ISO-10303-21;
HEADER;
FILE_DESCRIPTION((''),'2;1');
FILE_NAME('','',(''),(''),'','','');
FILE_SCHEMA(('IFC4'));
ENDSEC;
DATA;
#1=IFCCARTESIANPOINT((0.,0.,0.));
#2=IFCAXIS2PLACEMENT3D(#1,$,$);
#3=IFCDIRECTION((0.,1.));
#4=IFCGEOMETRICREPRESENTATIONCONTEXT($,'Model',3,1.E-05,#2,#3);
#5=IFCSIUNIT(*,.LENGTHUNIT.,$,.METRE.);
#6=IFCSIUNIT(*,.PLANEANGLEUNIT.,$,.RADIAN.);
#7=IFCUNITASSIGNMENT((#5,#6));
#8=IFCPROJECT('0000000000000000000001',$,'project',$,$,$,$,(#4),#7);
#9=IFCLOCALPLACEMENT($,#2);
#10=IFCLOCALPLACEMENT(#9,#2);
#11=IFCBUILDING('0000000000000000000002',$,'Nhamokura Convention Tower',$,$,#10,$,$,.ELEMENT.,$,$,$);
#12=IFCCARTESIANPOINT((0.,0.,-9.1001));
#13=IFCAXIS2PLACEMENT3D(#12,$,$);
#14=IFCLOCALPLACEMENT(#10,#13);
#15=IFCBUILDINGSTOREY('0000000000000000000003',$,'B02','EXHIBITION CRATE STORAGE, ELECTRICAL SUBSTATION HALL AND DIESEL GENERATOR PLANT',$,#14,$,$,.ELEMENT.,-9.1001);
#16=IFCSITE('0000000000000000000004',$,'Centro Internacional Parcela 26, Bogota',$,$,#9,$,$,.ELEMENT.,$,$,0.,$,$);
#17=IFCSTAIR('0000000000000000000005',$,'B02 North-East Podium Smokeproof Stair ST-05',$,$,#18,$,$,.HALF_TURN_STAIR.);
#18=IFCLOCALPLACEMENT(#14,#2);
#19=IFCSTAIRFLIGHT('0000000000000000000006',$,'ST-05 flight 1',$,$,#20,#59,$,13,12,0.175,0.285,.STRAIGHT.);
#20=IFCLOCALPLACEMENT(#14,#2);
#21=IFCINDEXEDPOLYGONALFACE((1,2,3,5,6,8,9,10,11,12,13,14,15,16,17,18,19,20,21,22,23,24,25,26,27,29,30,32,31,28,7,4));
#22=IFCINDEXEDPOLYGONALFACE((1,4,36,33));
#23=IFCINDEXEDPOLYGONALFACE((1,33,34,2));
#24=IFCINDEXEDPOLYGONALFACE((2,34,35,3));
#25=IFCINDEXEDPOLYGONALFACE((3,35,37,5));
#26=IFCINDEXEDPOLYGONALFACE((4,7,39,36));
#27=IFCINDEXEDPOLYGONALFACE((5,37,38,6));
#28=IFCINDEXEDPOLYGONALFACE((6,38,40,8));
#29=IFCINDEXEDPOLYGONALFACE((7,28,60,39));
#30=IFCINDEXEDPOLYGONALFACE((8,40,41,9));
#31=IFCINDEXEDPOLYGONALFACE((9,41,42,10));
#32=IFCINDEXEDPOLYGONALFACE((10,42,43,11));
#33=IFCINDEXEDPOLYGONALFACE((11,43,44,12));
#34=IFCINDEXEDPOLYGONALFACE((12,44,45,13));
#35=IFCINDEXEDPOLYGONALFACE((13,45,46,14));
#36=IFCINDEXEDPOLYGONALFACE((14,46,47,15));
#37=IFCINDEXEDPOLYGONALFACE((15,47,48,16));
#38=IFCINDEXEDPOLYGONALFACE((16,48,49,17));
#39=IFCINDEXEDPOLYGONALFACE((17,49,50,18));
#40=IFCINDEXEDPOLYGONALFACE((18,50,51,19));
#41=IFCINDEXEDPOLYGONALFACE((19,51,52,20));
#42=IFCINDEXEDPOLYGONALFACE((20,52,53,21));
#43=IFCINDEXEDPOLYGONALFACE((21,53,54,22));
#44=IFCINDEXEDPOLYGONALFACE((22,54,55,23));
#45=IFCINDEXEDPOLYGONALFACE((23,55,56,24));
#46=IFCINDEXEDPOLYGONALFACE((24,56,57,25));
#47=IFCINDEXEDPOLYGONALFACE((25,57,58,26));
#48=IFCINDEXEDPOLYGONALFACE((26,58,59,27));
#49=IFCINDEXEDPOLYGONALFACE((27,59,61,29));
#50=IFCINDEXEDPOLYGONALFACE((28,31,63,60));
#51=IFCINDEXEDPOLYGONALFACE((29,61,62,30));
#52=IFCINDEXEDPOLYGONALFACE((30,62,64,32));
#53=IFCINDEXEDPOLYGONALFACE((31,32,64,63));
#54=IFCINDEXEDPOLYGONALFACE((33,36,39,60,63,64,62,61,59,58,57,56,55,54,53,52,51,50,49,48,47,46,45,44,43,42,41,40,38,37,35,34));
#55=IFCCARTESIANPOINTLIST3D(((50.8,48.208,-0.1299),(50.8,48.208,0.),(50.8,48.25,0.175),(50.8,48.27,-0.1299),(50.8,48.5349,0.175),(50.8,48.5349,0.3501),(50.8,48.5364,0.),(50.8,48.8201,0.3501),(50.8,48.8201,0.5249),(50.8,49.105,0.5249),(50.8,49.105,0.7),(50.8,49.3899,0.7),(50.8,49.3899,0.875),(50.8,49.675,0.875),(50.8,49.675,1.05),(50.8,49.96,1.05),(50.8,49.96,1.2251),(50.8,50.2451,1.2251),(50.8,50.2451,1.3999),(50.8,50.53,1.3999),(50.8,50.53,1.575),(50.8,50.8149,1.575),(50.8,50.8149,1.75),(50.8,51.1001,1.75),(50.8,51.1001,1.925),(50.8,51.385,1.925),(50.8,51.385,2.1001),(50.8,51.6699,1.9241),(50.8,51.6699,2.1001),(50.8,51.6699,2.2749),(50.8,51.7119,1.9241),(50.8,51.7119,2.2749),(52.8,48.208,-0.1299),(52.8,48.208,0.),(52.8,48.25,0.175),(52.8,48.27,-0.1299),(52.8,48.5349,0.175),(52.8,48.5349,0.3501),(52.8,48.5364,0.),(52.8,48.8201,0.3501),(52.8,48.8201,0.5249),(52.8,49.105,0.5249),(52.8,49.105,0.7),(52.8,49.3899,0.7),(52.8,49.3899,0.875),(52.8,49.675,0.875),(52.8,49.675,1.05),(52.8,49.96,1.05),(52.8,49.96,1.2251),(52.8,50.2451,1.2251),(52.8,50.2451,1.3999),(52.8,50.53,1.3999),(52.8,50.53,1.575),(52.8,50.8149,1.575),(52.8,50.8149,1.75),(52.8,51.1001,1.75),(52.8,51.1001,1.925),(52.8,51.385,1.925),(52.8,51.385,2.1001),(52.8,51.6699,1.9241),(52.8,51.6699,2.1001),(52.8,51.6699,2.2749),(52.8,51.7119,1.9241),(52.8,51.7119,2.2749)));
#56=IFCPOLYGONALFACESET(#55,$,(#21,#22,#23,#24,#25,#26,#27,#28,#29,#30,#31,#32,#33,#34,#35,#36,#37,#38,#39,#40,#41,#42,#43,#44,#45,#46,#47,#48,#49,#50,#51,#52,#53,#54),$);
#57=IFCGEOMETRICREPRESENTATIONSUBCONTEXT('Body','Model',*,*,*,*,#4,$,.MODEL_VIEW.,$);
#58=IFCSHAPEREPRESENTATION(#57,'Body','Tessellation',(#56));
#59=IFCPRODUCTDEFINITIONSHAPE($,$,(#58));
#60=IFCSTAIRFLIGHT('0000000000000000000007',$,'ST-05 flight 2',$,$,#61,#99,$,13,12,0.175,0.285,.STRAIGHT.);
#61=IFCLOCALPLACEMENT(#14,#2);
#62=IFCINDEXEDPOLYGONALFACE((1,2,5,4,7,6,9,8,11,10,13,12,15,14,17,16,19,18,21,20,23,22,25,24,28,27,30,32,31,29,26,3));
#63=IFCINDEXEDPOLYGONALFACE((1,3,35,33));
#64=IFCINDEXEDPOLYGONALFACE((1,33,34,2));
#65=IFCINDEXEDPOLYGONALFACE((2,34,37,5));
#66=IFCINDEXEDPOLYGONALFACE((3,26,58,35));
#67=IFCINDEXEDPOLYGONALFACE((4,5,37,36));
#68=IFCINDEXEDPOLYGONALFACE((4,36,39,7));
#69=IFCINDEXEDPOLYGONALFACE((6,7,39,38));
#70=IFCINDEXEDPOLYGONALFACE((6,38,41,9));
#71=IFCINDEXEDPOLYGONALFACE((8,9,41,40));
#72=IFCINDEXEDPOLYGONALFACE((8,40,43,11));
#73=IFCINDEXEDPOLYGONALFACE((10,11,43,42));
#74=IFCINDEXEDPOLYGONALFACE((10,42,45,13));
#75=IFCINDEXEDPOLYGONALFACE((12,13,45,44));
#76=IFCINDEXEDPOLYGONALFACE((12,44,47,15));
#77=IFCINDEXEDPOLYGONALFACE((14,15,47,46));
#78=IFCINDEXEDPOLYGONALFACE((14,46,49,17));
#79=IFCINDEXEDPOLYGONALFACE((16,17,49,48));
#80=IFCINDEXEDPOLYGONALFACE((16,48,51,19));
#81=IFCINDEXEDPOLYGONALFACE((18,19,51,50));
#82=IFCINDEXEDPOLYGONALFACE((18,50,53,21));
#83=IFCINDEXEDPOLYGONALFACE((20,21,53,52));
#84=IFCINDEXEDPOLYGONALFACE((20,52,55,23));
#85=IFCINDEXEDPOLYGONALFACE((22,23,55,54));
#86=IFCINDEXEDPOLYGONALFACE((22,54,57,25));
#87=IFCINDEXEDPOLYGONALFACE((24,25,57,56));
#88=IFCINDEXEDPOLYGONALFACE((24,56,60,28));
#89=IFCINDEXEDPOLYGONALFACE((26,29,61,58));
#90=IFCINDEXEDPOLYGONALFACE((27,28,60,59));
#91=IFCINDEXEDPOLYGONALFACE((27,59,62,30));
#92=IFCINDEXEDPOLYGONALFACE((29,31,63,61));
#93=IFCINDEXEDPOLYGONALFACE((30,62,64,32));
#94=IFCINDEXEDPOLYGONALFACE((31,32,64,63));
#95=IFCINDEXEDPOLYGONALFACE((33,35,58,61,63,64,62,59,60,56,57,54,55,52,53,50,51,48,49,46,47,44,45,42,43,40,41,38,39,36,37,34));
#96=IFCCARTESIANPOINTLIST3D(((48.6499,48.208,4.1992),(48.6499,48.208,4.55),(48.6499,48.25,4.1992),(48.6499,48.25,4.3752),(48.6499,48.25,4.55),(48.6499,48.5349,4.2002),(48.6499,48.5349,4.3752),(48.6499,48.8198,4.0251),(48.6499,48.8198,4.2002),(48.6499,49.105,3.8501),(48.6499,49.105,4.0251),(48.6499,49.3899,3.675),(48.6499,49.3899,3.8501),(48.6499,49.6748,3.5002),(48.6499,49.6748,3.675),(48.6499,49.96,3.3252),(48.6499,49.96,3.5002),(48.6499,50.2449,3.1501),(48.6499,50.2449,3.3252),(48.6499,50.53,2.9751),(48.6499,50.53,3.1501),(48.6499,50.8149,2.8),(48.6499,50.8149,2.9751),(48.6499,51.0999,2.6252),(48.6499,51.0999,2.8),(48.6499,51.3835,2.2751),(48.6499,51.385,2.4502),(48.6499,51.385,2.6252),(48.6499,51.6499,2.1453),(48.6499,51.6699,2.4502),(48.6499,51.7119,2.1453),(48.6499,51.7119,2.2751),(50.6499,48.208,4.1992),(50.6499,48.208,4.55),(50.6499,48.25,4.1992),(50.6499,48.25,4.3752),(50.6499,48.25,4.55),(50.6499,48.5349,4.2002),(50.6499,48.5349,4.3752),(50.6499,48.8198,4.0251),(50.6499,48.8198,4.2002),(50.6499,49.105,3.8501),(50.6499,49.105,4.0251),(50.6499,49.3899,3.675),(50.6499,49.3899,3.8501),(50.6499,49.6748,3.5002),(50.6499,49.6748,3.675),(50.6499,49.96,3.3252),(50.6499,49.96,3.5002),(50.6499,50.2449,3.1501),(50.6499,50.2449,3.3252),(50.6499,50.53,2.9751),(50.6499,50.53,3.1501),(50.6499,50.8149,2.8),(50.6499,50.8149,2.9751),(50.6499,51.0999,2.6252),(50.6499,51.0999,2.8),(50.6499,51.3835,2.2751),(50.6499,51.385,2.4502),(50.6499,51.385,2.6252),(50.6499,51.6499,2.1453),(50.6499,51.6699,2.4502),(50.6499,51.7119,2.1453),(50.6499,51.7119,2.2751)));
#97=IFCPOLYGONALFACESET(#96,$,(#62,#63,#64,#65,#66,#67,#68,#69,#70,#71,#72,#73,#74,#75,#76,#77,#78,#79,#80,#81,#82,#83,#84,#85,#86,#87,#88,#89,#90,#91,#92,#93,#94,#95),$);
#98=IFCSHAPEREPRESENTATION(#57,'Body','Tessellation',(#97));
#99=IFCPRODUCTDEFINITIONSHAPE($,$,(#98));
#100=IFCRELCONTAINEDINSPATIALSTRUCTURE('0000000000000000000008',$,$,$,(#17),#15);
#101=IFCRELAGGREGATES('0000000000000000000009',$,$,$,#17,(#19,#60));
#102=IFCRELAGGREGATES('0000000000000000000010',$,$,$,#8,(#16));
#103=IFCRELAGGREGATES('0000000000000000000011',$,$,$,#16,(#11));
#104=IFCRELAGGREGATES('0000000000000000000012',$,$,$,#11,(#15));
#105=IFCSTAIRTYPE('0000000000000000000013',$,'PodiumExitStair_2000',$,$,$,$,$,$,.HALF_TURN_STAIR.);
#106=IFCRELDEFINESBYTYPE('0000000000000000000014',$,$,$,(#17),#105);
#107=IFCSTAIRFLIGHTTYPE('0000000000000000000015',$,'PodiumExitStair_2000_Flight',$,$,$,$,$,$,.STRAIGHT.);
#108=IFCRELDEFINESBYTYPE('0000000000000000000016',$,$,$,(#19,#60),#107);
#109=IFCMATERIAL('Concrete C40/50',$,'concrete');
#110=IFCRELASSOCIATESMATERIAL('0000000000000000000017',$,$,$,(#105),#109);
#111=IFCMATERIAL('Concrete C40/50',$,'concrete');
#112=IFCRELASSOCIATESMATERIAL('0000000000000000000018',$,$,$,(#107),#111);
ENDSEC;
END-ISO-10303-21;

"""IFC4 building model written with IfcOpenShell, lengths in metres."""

from ifc_helpers import new_model, si_unit, direction, frame, origin, place, context, subcontext, project, spatial, polyline, outline, extrude, material, type_object, element, aggregate, save


model = new_model("IFC4")

# Units and contexts
model_context = context("Model", 3, precision=1e-05, world=origin(), true_north=direction((0.0, 1.0)))
body_context = subcontext(model_context, "Body", "Model", "MODEL_VIEW")
ifc_project = project(units=[si_unit("LENGTHUNIT", "METRE"), si_unit("PLANEANGLEUNIT", "RADIAN")], contexts=[model_context])

# Site, building, storey
site_placement = place(None, origin())
site = spatial("IfcSite", under=ifc_project, at=site_placement, Name="Centro Internacional Parcela 26, Bogota", CompositionType="ELEMENT", RefElevation=0.0)
building_placement = place(site_placement, origin())
building = spatial("IfcBuilding", under=site, at=building_placement, Name="Nhamokura Convention Tower", CompositionType="ELEMENT")
storey_placement = place(building_placement, frame((0.0, 0.0, -9.1001)))
storey = spatial("IfcBuildingStorey", under=building, at=storey_placement, Name="B02", Description="EXHIBITION CRATE STORAGE, ELECTRICAL SUBSTATION HALL AND DIESEL GENERATOR PLANT", CompositionType="ELEMENT", Elevation=-9.1001)

# Stair, stair flights
ifc_material_1 = material(Name="Concrete C40/50", Category="concrete")
stair_type = type_object("IfcStairType", Name="PodiumExitStair_2000", PredefinedType="HALF_TURN_STAIR", material=ifc_material_1)
stair_placement = place(storey_placement, origin())
stair = element("IfcStair", 1, at=stair_placement, inside=storey, type_object=stair_type, Name="B02 North-East Podium Smokeproof Stair ST-05", PredefinedType="HALF_TURN_STAIR")
ifc_material_2 = material(Name="Concrete C40/50", Category="concrete")
stair_flight_type = type_object("IfcStairFlightType", Name="PodiumExitStair_2000_Flight", PredefinedType="STRAIGHT", material=ifc_material_2)
stair_flight_1_placement = place(storey_placement, frame((51.8, 48.25, 0.0), z_axis=(0.0, 0.0, 1.0), x_axis=(0.0, 1.0, 0.0)))
stair_flight_1 = element("IfcStairFlight", 2, at=stair_flight_1_placement, type_object=stair_flight_type, Name="ST-05 flight 1", NumberOfRisers=13, NumberOfTreads=12, PredefinedType="STRAIGHT", RiserHeight=0.175, TreadLength=0.285, context=body_context, shape_type="SweptSolid", body=[
    extrude(outline(polyline([(-0.042, 0.0), (0.0, 0.175), (0.2849, 0.175), (0.2849, 0.3501), (0.5701, 0.3501), (0.5701, 0.5249), (0.855, 0.5249), (0.855, 0.7), (1.1399, 0.7), (1.1399, 0.875), (1.425, 0.875), (1.425, 1.05), (1.71, 1.05), (1.71, 1.2251), (1.9951, 1.2251), (1.9951, 1.3999), (2.28, 1.3999), (2.28, 1.575), (2.5649, 1.575), (2.5649, 1.75), (2.8501, 1.75), (2.8501, 1.925), (3.135, 1.925), (3.135, 2.1001), (3.4199, 2.1001), (3.4199, 2.2749), (3.4619, 2.2749), (3.4619, 1.9241), (3.4199, 1.9241), (0.2864, 0.0), (0.02, -0.1299), (-0.042, -0.1299), (-0.042, 0.0)])), frame((0.0, 1.0, 0.0), z_axis=(0.0, -1.0, 0.0), x_axis=(1.0, 0.0, 0.0)), (0.0, 0.0, 1.0), 2.0),
])
stair_flight_2_placement = place(storey_placement, frame((49.6499, 51.6699, 2.2751), z_axis=(0.0, 0.0, 1.0), x_axis=(0.0, -1.0, 0.0)))
stair_flight_2 = element("IfcStairFlight", 3, at=stair_flight_2_placement, type_object=stair_flight_type, Name="ST-05 flight 2", NumberOfRisers=13, NumberOfTreads=12, PredefinedType="STRAIGHT", RiserHeight=0.175, TreadLength=0.285, context=body_context, shape_type="SweptSolid", body=[
    extrude(outline(polyline([(-0.042, 0.0), (0.0, 0.175), (0.2849, 0.175), (0.2849, 0.3501), (0.5701, 0.3501), (0.5701, 0.5249), (0.855, 0.5249), (0.855, 0.7), (1.1399, 0.7), (1.1399, 0.875), (1.425, 0.875), (1.425, 1.05), (1.71, 1.05), (1.71, 1.2251), (1.9951, 1.2251), (1.9951, 1.3999), (2.28, 1.3999), (2.28, 1.575), (2.5649, 1.575), (2.5649, 1.75), (2.8501, 1.75), (2.8501, 1.925), (3.135, 1.925), (3.135, 2.1001), (3.4199, 2.1001), (3.4199, 2.2749), (3.4619, 2.2749), (3.4619, 1.9241), (3.4199, 1.9241), (0.2864, 0.0), (0.02, -0.1299), (-0.042, -0.1299), (-0.042, 0.0)])), frame((0.0, 1.0, 0.0), z_axis=(0.0, -1.0, 0.0), x_axis=(1.0, 0.0, 0.0)), (0.0, 0.0, 1.0), 2.0),
])
aggregate(stair, [stair_flight_1, stair_flight_2])

save(model, "model.ifc")
